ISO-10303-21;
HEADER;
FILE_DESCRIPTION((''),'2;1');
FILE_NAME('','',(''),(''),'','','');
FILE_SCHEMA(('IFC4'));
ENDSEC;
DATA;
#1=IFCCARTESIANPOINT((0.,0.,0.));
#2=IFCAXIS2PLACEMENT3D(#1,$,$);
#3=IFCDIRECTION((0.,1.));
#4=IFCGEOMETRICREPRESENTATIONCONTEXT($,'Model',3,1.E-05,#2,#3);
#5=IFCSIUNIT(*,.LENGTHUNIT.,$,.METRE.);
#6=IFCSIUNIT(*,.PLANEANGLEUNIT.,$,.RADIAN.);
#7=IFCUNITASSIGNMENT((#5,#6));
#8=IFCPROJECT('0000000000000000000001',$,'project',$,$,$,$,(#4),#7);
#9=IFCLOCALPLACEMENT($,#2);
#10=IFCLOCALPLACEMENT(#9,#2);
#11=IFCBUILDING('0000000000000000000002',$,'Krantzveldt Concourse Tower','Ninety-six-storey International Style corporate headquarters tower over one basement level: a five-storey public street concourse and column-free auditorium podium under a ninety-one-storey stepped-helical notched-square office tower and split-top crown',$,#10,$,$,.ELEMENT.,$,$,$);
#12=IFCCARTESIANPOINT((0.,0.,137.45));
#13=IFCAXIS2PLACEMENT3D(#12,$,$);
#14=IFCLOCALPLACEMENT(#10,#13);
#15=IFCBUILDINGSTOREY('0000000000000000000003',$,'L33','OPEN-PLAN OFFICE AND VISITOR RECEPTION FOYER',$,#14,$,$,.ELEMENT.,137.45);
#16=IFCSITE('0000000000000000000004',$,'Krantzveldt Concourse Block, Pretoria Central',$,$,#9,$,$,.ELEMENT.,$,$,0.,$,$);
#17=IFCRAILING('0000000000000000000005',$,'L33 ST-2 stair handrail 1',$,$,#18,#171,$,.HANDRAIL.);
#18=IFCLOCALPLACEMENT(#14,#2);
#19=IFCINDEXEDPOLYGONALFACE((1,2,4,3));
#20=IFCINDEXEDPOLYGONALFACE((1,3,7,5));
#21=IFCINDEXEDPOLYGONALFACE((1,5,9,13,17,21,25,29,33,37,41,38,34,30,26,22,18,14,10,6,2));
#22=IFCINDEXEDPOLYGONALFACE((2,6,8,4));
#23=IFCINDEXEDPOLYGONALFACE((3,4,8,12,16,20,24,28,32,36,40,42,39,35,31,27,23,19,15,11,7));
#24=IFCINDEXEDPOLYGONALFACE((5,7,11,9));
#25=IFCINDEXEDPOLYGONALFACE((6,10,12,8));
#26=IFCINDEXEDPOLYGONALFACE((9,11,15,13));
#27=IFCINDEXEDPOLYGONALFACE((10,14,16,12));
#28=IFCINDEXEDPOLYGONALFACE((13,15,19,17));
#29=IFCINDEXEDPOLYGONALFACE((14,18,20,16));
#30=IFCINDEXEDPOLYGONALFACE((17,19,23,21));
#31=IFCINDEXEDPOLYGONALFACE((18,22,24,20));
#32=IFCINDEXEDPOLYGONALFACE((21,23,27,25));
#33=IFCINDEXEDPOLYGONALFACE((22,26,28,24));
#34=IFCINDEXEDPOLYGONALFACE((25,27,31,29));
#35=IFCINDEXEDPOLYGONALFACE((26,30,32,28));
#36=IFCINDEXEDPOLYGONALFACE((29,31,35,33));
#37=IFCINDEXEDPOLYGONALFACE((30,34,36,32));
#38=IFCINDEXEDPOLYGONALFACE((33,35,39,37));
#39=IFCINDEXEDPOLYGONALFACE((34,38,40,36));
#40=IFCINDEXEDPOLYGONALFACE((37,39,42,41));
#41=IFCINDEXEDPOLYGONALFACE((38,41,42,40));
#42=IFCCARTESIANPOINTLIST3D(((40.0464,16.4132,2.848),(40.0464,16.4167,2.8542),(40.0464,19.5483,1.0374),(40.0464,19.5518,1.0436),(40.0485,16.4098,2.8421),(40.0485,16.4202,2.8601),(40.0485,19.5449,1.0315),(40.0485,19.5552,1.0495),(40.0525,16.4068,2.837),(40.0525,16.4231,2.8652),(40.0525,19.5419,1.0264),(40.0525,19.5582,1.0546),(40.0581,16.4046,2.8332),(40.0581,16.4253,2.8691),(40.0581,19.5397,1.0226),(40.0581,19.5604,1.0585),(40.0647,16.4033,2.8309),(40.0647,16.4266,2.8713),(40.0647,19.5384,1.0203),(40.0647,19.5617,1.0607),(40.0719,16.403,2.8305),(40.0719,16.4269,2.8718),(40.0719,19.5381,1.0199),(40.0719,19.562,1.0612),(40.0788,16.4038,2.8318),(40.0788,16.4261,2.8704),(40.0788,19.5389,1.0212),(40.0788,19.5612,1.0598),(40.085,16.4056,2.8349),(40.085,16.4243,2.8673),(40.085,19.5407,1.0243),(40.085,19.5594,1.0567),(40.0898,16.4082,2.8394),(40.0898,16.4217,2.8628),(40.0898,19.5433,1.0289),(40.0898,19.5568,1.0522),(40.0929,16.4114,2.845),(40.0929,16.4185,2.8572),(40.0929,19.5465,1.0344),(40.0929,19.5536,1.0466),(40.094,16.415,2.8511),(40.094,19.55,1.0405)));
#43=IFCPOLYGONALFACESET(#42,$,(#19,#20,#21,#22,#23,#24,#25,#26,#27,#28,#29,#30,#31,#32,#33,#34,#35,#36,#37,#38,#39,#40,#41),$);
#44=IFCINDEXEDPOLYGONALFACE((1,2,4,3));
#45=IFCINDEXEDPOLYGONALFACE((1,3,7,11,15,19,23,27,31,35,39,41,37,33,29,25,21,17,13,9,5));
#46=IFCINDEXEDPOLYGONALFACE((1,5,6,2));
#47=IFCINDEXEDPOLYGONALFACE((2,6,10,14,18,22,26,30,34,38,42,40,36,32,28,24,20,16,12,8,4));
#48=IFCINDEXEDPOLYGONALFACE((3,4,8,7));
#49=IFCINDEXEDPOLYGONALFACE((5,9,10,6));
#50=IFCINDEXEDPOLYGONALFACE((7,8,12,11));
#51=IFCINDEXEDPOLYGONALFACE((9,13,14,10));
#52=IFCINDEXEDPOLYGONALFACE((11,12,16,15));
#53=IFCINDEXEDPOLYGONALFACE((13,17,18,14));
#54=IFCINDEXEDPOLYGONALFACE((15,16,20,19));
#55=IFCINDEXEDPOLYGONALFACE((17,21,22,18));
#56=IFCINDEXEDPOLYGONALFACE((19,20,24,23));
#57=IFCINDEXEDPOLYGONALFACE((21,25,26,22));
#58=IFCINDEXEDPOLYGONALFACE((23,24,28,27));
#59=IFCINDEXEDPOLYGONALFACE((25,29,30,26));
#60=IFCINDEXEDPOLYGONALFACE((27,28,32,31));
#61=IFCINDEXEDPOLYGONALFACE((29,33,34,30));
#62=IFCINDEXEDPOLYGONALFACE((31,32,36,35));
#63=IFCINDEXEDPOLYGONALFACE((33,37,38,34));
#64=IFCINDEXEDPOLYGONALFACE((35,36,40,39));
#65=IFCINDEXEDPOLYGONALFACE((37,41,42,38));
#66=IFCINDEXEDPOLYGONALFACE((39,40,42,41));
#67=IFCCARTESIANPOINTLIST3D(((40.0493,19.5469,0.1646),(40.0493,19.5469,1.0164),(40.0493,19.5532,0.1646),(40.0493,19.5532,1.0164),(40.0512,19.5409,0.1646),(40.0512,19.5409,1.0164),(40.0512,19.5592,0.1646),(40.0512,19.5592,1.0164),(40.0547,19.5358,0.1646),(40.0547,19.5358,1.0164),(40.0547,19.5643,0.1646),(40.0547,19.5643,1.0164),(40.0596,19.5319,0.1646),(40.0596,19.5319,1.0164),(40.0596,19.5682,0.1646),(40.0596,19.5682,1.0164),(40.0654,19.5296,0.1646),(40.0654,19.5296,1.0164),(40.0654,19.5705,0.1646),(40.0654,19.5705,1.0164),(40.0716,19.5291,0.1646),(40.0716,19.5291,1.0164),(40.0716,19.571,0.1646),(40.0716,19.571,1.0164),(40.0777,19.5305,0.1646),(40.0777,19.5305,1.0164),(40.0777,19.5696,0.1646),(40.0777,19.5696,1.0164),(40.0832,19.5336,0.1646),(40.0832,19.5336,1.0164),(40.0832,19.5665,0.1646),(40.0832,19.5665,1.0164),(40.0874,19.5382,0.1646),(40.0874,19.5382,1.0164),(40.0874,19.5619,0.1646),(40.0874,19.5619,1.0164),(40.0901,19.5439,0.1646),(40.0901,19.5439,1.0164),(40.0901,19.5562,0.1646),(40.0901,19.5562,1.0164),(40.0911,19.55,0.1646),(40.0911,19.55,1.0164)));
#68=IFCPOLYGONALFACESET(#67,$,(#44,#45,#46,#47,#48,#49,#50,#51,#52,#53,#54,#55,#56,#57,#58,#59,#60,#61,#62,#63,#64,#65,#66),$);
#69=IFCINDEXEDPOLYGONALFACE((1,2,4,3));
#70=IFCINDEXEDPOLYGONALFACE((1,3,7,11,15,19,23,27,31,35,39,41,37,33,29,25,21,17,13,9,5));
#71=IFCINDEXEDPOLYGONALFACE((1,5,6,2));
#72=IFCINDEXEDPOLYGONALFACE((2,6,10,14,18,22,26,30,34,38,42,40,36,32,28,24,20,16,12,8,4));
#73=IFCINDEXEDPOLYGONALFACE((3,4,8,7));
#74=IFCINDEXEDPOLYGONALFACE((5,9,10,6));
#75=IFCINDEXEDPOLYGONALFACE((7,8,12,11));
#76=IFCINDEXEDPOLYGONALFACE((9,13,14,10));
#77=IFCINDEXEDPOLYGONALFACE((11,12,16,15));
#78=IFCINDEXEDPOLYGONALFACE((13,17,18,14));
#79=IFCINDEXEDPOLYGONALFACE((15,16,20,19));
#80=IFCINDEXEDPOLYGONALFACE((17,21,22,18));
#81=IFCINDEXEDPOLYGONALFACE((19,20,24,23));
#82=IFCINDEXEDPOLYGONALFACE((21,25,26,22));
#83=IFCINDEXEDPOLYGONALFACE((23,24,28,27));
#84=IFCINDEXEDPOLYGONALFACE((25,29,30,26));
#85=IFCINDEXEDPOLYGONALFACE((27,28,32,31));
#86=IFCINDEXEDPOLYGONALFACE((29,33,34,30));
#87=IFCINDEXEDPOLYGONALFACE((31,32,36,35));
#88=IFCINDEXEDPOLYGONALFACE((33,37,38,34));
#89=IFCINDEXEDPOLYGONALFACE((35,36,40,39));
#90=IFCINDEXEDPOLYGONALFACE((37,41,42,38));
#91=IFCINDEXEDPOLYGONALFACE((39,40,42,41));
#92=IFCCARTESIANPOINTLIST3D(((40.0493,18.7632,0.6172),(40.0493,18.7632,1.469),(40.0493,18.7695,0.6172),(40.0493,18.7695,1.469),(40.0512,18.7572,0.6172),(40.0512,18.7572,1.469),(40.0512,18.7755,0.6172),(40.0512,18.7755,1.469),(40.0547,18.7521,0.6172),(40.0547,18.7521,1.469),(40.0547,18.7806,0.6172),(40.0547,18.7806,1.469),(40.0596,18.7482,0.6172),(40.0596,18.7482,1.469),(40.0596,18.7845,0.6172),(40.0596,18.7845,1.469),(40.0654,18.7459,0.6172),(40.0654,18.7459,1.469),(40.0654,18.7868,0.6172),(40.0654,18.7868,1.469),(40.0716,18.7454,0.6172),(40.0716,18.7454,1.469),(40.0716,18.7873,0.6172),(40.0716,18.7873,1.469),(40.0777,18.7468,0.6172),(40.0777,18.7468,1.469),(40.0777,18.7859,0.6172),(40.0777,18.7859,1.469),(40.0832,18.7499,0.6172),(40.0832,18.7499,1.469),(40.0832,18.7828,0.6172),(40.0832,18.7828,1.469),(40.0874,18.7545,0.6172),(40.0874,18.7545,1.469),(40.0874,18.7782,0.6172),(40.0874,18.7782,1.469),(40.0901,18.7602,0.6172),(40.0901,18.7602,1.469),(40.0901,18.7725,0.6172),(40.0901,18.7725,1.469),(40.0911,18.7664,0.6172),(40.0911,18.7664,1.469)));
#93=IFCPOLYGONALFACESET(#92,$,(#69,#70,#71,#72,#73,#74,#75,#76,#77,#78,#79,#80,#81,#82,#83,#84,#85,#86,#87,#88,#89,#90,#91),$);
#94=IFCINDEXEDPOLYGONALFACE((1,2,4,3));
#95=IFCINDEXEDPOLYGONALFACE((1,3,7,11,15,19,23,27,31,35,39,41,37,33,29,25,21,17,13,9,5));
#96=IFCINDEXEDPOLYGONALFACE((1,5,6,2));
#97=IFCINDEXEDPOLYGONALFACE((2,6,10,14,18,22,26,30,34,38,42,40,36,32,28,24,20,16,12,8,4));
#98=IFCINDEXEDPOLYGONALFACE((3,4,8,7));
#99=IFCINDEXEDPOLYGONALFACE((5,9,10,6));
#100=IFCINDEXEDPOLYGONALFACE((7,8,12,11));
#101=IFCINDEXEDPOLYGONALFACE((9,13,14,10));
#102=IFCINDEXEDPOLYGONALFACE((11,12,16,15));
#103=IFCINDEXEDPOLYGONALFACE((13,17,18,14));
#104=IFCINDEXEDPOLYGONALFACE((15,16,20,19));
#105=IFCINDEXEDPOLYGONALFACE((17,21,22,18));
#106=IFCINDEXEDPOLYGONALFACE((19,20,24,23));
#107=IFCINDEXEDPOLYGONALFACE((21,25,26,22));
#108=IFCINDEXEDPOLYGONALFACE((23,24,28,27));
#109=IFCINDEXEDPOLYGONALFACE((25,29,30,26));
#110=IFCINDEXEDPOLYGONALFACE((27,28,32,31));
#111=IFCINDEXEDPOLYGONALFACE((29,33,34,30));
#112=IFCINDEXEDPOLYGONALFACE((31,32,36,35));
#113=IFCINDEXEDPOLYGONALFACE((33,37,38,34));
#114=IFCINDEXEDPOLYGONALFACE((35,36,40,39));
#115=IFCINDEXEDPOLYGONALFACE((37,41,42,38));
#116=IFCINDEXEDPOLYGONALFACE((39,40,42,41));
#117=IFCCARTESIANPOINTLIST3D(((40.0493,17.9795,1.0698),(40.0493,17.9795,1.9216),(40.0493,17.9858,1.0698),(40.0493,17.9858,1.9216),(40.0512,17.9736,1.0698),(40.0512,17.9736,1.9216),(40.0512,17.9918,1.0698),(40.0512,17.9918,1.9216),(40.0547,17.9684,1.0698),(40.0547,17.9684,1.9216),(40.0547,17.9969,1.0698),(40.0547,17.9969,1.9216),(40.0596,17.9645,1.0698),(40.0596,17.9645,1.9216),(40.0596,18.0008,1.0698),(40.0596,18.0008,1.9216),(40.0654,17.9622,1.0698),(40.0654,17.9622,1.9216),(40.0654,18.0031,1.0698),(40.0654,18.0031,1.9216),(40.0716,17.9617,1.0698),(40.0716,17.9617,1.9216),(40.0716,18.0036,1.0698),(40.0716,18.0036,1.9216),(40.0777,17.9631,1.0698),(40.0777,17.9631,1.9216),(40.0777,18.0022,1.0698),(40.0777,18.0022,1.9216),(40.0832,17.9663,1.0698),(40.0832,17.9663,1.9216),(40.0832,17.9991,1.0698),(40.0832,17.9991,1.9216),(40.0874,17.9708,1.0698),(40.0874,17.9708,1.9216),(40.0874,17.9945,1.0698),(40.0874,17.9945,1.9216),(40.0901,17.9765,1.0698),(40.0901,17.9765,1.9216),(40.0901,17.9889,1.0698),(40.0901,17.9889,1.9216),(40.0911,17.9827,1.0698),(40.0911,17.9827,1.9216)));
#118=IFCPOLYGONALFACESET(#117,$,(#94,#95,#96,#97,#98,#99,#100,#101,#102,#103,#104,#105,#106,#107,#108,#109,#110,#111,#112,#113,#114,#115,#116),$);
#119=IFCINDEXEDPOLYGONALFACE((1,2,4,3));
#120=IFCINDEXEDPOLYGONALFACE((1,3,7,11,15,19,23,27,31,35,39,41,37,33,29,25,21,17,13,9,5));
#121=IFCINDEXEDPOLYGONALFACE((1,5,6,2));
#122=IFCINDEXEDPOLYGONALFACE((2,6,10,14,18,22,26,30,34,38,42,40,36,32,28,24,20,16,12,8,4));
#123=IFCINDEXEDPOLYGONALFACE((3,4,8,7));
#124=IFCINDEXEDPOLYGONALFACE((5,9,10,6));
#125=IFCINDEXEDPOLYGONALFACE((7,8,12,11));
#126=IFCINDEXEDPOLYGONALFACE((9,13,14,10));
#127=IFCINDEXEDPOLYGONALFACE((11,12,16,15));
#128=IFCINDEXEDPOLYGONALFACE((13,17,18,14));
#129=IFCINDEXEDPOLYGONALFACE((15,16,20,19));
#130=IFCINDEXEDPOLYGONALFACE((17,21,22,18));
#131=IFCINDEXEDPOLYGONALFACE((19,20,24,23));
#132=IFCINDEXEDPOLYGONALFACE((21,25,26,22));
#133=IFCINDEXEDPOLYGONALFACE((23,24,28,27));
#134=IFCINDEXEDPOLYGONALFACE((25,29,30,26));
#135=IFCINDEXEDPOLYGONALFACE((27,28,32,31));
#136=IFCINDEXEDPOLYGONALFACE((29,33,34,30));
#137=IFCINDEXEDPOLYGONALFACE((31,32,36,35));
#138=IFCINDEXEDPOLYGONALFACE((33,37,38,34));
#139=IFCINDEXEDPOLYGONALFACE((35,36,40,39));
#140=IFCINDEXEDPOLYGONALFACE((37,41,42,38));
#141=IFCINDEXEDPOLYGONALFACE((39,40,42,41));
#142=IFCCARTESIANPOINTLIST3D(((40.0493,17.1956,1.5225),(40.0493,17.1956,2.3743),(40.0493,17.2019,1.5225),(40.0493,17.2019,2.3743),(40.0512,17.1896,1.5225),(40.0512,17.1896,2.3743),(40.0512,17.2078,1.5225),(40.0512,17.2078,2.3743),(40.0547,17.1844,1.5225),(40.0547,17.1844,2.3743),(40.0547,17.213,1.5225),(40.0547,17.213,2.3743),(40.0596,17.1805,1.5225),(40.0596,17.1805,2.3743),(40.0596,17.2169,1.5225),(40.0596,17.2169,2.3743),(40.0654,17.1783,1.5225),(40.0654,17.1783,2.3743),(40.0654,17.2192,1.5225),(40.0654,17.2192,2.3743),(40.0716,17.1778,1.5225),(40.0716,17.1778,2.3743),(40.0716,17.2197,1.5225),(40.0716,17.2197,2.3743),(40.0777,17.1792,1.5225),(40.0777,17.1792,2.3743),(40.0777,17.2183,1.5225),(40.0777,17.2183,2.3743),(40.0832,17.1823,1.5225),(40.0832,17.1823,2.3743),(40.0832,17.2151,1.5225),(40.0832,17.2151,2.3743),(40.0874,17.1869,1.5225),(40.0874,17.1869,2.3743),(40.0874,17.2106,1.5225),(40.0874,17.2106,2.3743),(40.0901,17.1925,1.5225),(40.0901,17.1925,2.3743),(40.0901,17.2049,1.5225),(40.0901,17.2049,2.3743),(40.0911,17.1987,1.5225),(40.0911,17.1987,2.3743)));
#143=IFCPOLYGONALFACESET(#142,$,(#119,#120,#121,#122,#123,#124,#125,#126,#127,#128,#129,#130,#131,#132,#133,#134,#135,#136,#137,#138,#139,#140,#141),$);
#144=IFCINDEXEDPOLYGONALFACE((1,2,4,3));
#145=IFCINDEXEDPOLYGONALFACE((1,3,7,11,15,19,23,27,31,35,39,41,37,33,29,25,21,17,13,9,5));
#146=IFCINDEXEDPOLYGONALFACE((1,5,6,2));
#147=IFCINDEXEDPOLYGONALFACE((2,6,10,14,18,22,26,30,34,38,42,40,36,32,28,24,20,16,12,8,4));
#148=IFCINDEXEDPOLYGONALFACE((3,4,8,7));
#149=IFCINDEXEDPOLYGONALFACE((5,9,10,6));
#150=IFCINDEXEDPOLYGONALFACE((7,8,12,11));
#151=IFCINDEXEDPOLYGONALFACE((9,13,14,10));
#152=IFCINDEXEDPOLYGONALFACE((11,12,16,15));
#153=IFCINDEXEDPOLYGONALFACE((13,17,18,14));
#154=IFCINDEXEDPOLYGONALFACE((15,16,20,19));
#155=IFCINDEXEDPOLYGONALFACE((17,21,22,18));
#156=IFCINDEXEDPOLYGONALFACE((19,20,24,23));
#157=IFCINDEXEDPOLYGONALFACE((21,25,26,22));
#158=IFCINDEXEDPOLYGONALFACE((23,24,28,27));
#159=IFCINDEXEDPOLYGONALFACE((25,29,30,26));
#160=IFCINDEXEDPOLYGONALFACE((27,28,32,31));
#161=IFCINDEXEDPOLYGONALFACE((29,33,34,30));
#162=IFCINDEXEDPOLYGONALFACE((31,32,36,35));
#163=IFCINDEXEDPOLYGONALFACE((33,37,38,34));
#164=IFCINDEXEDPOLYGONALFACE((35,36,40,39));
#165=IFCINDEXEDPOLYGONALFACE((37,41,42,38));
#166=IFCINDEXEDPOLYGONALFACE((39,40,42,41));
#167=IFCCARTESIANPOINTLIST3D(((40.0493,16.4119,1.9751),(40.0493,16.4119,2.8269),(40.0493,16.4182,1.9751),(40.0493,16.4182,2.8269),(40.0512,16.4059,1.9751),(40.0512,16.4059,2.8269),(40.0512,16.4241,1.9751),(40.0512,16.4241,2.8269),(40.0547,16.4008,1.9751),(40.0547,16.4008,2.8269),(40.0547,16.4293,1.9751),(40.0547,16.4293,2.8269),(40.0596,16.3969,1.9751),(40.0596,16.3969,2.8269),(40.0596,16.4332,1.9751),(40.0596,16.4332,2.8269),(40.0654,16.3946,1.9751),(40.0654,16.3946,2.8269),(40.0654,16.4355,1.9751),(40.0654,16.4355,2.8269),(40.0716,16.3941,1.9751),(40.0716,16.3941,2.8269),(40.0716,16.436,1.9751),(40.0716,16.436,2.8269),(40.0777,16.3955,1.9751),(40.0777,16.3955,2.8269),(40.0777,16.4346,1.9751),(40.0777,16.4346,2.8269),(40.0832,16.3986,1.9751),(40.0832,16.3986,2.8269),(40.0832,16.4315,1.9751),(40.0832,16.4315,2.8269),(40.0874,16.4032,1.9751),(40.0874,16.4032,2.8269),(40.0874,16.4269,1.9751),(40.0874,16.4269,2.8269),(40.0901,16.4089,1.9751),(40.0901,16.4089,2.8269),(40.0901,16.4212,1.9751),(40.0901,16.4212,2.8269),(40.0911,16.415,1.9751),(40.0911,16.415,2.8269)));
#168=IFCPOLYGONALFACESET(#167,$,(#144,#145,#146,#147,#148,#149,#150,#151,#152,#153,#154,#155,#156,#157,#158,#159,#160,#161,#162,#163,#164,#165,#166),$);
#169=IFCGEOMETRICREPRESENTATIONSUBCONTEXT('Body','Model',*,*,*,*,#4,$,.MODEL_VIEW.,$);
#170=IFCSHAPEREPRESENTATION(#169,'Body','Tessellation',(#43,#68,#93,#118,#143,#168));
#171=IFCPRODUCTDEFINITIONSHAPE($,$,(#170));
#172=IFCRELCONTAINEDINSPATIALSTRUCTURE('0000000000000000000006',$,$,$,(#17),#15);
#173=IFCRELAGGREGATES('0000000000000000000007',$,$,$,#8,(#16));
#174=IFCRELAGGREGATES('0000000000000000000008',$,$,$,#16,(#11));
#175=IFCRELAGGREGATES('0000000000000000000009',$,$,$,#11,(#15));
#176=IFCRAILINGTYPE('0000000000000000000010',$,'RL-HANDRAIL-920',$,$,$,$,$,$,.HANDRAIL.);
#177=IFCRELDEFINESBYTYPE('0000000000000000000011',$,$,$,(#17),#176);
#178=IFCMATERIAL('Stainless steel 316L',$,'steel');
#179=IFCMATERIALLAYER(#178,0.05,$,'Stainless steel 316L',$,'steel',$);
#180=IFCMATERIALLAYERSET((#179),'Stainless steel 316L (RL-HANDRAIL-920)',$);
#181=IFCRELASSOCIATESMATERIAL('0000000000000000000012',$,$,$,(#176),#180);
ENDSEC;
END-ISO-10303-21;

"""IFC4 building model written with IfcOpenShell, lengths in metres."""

from ifc_helpers import new_model, si_unit, direction, frame, origin, origin_2d, place, context, subcontext, project, spatial, circle, extrude, material, layer, layer_set, type_object, element, save


model = new_model("IFC4")

# Units and contexts
model_context = context("Model", 3, precision=1e-05, world=origin(), true_north=direction((0.0, 1.0)))
body_context = subcontext(model_context, "Body", "Model", "MODEL_VIEW")
ifc_project = project(units=[si_unit("LENGTHUNIT", "METRE"), si_unit("PLANEANGLEUNIT", "RADIAN")], contexts=[model_context])

# Site, building, storey
site_placement = place(None, origin())
site = spatial("IfcSite", under=ifc_project, at=site_placement, Name="Krantzveldt Concourse Block, Pretoria Central", CompositionType="ELEMENT", RefElevation=0.0)
building_placement = place(site_placement, origin())
building = spatial("IfcBuilding", under=site, at=building_placement, Name="Krantzveldt Concourse Tower", Description="Ninety-six-storey International Style corporate headquarters tower over one basement level: a five-storey public street concourse and column-free auditorium podium under a ninety-one-storey stepped-helical notched-square office tower and split-top crown", CompositionType="ELEMENT")
storey_placement = place(building_placement, frame((0.0, 0.0, 137.45)))
storey = spatial("IfcBuildingStorey", under=building, at=storey_placement, Name="L33", Description="OPEN-PLAN OFFICE AND VISITOR RECEPTION FOYER", CompositionType="ELEMENT", Elevation=137.45)

# Shared definitions
ifc_material_1 = material(Name="Stainless steel 316L", Category="steel")

# Railing
ifc_layer_1 = layer(ifc_material_1, 0.05, Name="Stainless steel 316L", Category="steel")
ifc_layer_set_1 = layer_set([ifc_layer_1], Name="Stainless steel 316L (RL-HANDRAIL-920)")
railing_type_1 = type_object("IfcRailingType", Name="RL-HANDRAIL-920", PredefinedType="HANDRAIL", material=ifc_layer_set_1)
railing_1_placement = place(storey_placement, frame((40.0701, 19.55, 0.1646)))
element("IfcRailing", 1, at=railing_1_placement, inside=storey, type_object=railing_type_1, Name="L33 ST-2 stair handrail 1", PredefinedType="HANDRAIL", context=body_context, shape_type="SweptSolid", body=[
    extrude(circle(Radius=0.0239, at=origin_2d()), frame((0.0, 0.0, 0.876), z_axis=(0.0, -0.86596, 0.500114), x_axis=(1.0, 0.0, 0.0)), (0.0, 0.0, 1.0), 3.6204),
    extrude(circle(Radius=0.021, at=origin_2d()), origin(), (0.0, 0.0, 1.0), 0.8518),
    extrude(circle(Radius=0.021, at=origin_2d()), frame((0.0, -0.7837, 0.4526)), (0.0, 0.0, 1.0), 0.8518),
    extrude(circle(Radius=0.021, at=origin_2d()), frame((0.0, -1.5674, 0.9053)), (0.0, 0.0, 1.0), 0.8518),
    extrude(circle(Radius=0.021, at=origin_2d()), frame((0.0, -2.3513, 1.3579)), (0.0, 0.0, 1.0), 0.8518),
    extrude(circle(Radius=0.021, at=origin_2d()), frame((0.0, -3.135, 1.8105)), (0.0, 0.0, 1.0), 0.8518),
])

save(model, "model.ifc")
